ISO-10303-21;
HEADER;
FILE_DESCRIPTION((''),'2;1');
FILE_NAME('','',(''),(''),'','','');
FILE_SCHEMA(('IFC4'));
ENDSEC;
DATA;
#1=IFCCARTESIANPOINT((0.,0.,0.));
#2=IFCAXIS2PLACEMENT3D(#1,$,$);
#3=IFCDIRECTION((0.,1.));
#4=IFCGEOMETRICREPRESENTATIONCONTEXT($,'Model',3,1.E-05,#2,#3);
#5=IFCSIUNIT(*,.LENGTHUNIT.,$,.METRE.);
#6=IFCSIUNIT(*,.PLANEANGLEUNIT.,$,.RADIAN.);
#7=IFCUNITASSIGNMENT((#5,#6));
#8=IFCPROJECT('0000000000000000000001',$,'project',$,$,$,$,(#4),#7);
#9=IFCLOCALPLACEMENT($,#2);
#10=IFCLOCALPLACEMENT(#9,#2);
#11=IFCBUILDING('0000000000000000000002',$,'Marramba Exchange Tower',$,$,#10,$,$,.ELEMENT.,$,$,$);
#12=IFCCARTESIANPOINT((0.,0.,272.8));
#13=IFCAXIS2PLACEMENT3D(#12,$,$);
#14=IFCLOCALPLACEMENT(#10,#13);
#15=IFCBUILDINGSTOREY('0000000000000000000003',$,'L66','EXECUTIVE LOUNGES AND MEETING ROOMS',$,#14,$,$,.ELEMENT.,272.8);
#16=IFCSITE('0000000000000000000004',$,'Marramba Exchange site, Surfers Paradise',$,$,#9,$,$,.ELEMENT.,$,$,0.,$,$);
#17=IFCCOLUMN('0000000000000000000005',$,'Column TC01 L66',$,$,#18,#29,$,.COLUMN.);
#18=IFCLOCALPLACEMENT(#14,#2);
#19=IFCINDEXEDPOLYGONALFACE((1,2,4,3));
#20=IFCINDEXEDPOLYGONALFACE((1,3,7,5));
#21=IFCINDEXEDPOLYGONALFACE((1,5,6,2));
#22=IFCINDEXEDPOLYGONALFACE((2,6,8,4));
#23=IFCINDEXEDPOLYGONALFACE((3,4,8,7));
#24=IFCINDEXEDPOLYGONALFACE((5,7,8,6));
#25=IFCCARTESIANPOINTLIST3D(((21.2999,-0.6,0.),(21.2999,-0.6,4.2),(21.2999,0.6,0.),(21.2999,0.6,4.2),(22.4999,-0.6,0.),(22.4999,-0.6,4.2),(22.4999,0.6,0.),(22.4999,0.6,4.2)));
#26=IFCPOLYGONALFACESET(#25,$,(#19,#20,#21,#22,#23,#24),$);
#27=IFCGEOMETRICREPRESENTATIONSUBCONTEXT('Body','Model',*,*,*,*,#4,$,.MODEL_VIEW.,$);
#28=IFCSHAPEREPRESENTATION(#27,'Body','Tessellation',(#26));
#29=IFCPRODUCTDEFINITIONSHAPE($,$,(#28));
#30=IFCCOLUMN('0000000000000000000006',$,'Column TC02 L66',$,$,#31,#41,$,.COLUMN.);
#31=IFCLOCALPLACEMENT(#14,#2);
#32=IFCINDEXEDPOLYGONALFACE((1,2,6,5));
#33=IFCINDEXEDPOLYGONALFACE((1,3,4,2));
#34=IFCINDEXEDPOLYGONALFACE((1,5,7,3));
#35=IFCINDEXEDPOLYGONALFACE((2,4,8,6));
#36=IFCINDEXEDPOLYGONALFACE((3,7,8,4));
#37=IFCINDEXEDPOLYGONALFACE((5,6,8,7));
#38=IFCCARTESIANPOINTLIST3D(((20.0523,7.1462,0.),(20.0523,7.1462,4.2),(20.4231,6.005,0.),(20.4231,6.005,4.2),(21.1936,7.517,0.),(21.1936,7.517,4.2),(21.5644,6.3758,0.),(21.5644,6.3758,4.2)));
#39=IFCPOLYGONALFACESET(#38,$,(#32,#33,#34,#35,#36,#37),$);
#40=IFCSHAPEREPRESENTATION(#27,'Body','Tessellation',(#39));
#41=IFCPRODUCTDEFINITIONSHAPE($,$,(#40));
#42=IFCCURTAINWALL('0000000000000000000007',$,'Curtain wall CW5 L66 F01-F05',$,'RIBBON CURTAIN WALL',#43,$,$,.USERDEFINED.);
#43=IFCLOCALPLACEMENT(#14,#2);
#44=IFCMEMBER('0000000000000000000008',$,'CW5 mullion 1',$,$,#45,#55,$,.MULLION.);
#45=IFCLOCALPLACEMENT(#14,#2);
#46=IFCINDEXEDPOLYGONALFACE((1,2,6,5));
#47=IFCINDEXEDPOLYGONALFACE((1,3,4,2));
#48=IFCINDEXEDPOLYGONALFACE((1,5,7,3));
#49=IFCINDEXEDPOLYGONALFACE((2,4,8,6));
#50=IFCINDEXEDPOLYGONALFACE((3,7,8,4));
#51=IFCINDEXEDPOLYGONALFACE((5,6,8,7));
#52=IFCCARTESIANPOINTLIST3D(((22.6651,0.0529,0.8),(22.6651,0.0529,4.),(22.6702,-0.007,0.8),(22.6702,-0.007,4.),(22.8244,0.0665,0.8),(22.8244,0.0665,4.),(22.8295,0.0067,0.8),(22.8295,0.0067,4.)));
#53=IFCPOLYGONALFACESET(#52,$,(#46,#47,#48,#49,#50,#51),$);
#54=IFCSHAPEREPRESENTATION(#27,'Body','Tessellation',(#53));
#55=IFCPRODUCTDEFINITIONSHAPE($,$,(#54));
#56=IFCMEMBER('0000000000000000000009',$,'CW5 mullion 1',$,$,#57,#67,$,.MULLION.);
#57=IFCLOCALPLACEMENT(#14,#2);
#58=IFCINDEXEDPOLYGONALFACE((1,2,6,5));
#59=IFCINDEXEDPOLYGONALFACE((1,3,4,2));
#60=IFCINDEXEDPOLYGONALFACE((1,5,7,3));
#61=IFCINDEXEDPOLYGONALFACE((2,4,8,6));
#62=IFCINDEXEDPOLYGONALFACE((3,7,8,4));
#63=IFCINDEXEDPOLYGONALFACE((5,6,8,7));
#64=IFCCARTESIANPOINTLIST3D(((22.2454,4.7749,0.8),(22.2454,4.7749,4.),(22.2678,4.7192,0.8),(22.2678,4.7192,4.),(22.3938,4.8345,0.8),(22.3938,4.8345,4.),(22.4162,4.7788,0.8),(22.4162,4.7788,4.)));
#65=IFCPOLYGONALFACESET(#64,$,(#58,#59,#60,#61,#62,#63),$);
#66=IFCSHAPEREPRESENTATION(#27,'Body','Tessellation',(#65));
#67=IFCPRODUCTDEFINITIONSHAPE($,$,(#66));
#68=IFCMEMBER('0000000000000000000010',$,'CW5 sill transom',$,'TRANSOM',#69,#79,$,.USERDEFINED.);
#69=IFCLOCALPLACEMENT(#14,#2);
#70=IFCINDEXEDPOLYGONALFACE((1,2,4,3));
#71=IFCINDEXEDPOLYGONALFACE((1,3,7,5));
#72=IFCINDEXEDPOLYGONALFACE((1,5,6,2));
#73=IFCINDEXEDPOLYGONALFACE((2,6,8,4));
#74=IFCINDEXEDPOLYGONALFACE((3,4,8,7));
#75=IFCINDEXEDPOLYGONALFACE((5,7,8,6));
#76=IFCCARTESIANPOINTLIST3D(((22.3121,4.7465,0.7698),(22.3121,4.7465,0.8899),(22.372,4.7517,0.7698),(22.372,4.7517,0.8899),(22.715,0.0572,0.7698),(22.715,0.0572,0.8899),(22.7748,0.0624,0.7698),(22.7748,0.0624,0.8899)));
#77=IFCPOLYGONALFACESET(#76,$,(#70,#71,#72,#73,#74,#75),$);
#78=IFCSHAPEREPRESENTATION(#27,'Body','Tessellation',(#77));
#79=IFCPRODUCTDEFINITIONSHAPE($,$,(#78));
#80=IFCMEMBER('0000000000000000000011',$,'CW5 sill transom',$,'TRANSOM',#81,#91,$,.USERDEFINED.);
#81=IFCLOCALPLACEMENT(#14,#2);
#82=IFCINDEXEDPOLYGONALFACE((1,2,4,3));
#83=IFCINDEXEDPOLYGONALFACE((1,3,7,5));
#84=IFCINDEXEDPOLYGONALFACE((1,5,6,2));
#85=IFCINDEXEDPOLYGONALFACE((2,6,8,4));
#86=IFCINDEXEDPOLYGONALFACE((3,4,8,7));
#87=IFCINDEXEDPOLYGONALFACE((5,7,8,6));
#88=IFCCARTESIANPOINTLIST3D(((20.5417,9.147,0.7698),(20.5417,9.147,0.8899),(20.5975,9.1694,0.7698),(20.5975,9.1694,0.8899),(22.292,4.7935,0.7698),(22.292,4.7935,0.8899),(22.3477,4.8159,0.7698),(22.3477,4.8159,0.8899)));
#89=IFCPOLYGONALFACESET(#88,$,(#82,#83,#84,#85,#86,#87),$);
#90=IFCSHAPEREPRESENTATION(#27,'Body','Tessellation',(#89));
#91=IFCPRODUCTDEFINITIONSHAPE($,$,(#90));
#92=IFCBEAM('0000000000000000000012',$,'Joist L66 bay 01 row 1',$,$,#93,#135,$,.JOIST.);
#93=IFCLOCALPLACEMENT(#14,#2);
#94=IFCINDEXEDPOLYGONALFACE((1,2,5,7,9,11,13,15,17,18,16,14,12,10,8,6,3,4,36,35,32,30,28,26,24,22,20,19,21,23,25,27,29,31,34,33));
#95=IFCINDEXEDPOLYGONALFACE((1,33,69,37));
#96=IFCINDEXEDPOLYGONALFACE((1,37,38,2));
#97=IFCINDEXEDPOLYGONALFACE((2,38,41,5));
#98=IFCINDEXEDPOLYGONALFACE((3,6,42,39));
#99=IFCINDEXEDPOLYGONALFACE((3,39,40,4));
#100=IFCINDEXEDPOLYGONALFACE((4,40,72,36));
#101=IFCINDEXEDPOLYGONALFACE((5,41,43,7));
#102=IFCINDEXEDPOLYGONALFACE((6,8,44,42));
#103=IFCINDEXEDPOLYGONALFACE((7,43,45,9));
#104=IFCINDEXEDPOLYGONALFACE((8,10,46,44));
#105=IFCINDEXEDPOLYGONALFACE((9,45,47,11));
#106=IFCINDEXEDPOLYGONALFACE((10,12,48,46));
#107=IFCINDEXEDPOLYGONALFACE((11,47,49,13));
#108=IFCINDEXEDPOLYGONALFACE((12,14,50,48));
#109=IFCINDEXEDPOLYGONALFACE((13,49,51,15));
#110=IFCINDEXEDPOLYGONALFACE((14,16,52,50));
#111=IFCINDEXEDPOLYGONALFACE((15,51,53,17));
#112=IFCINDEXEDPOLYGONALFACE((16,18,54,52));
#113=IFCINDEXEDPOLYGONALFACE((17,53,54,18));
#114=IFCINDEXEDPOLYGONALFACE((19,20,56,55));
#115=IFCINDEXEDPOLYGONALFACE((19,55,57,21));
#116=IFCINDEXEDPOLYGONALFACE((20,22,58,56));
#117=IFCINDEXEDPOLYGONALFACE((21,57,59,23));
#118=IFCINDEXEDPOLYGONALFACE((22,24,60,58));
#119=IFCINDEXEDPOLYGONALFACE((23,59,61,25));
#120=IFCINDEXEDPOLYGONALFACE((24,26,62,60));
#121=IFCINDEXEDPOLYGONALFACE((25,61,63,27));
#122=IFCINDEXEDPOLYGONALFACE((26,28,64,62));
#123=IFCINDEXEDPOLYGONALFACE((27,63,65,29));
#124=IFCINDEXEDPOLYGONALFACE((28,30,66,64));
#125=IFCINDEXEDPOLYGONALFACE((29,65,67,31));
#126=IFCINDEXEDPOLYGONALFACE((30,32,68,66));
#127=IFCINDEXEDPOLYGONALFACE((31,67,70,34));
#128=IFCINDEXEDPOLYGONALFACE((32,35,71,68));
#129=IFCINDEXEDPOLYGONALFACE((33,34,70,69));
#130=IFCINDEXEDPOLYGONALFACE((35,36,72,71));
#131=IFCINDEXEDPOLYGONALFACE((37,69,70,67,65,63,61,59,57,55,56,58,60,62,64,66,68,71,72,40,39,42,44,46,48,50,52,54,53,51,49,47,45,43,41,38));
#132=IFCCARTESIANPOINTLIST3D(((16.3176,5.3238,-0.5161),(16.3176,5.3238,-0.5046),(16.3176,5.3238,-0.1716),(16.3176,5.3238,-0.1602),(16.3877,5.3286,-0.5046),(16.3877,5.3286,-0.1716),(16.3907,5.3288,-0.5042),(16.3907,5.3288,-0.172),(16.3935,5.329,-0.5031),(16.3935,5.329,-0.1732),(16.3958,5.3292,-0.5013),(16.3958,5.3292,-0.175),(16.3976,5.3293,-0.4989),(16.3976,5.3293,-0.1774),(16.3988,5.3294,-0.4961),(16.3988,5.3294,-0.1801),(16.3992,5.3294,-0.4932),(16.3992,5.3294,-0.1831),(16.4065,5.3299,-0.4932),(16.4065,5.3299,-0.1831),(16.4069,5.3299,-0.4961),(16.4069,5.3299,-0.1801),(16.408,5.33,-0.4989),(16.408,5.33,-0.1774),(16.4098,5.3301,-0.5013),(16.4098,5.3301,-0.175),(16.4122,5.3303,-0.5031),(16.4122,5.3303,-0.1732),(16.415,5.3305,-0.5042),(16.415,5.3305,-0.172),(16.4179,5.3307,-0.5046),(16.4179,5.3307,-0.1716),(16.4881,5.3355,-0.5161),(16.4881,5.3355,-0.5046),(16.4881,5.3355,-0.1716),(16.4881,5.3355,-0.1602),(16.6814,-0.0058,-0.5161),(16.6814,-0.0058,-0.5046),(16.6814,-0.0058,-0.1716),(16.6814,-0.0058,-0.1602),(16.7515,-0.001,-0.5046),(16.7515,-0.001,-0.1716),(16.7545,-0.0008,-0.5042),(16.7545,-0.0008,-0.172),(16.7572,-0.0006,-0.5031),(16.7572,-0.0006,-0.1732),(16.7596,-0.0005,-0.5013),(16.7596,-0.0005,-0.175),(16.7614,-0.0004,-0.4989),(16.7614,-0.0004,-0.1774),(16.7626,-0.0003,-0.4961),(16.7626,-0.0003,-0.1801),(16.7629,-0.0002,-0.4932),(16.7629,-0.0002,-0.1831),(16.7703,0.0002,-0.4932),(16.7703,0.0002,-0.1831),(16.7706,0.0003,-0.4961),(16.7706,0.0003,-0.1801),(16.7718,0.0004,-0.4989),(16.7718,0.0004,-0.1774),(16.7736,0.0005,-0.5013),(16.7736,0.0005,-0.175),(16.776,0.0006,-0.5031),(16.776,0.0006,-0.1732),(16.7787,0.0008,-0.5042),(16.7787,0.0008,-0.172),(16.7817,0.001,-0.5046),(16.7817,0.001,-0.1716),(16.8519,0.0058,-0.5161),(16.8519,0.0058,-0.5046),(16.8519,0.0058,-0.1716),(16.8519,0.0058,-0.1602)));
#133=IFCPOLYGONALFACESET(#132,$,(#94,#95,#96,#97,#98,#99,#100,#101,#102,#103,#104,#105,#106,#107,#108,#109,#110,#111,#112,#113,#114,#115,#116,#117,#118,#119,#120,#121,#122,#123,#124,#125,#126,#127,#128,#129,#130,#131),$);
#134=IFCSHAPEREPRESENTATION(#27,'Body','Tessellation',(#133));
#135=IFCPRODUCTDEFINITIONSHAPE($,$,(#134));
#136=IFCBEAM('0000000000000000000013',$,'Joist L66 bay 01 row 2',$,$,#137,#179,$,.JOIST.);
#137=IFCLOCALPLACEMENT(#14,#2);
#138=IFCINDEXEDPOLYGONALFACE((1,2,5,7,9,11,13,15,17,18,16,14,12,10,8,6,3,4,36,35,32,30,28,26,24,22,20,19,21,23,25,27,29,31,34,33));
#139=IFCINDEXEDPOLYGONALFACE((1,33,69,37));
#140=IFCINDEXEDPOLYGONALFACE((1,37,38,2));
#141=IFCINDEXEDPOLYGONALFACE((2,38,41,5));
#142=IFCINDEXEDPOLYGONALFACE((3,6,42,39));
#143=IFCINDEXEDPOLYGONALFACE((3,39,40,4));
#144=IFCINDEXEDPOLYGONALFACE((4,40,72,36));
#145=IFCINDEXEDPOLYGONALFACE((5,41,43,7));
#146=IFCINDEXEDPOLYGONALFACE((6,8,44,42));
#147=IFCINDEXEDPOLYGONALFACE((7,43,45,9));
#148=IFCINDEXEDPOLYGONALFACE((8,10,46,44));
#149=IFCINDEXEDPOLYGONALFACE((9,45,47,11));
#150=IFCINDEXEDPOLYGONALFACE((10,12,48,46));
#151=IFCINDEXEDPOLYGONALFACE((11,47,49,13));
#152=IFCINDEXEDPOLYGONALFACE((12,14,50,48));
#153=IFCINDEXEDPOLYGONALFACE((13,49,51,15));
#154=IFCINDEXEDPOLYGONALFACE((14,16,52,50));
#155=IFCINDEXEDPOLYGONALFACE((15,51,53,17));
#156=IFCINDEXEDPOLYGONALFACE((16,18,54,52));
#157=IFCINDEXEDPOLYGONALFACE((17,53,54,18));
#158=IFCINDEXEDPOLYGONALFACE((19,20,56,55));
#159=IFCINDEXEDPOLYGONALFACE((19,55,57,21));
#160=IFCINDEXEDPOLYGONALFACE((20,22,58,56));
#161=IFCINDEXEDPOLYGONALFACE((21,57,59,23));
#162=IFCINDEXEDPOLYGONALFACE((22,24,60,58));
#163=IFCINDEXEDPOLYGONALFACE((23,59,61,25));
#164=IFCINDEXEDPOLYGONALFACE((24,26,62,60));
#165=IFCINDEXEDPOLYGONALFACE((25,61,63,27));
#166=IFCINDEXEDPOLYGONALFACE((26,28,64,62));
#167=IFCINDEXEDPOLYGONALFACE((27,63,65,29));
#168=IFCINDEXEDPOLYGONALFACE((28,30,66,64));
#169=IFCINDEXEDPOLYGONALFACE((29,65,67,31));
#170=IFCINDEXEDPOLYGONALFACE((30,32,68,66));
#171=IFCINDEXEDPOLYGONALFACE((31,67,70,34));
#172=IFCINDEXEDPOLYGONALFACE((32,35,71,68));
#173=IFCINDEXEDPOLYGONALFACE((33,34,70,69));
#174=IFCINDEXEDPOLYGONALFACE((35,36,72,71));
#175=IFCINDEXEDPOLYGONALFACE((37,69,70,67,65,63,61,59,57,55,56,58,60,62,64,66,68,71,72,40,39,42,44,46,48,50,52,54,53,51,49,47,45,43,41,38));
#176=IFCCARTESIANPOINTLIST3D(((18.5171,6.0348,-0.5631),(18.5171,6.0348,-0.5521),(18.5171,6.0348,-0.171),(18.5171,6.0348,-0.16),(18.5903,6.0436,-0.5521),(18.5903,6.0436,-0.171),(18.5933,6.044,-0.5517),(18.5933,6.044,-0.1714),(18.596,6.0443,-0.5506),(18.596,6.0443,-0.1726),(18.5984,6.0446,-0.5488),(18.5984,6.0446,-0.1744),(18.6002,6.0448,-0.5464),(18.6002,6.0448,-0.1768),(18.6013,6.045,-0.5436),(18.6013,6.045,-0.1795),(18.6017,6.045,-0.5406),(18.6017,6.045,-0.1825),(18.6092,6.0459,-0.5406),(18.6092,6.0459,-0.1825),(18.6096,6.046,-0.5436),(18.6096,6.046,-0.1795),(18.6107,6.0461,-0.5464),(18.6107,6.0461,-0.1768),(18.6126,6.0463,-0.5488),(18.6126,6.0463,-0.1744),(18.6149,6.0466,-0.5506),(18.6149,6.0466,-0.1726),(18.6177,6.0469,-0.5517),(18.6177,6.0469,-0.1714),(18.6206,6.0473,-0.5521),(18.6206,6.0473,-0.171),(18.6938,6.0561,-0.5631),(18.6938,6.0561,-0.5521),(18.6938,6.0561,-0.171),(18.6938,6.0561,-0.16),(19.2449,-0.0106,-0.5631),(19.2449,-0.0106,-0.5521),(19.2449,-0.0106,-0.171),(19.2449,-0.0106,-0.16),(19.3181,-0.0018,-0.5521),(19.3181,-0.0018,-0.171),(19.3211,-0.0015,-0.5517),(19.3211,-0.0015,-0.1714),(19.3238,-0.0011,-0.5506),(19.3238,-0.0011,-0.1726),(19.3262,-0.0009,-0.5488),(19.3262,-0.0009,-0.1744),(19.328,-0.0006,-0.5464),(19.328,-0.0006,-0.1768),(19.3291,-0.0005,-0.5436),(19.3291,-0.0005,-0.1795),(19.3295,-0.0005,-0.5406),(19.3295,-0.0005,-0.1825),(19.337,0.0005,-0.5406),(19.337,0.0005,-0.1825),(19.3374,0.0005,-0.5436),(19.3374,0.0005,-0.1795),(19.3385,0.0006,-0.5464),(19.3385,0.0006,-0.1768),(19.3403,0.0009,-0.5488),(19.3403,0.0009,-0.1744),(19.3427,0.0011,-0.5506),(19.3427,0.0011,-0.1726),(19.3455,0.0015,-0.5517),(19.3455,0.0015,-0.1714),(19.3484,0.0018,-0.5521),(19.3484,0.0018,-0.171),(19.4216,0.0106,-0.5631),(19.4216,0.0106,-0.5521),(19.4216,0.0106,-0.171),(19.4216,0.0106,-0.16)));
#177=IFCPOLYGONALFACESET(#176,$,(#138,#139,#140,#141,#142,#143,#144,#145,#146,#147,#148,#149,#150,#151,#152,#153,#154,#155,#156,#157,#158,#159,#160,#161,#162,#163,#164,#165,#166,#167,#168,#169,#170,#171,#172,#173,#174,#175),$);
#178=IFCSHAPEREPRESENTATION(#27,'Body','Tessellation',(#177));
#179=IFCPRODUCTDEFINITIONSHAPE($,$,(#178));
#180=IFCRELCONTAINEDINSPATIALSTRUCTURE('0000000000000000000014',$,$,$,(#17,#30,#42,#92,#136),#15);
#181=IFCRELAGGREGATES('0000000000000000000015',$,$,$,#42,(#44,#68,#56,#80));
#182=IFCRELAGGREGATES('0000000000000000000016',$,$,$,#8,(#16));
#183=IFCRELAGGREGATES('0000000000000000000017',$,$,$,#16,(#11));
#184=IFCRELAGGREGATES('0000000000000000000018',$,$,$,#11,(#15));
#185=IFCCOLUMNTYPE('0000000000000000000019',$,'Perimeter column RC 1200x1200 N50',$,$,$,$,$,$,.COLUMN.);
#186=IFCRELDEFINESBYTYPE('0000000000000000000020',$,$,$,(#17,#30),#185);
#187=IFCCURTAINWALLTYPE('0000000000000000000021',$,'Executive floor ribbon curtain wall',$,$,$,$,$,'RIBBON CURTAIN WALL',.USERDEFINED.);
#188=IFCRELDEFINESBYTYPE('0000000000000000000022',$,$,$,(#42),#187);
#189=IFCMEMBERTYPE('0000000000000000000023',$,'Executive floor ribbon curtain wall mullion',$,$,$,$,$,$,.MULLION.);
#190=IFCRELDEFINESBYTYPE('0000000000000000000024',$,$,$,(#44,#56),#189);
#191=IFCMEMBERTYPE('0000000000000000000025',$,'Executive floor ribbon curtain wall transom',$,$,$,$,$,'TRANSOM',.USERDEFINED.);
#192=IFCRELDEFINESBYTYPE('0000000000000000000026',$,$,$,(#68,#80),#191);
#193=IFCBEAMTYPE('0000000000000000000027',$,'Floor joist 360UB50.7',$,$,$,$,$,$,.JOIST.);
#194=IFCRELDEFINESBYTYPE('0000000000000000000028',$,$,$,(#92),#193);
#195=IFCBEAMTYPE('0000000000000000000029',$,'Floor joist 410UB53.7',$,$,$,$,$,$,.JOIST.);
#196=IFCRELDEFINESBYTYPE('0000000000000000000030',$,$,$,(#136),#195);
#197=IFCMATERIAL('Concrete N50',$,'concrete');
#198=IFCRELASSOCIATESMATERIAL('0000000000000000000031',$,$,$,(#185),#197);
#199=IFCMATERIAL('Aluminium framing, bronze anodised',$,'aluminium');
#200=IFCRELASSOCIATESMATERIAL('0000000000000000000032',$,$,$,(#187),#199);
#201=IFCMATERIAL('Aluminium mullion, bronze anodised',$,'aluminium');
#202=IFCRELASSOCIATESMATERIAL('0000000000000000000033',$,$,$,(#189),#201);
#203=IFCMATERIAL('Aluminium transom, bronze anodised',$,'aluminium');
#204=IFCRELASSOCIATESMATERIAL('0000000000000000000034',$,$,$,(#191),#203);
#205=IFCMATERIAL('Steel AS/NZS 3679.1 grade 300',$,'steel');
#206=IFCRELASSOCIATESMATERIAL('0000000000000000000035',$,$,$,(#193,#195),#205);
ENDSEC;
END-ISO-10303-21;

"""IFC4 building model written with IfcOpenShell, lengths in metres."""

from ifc_helpers import new_model, si_unit, direction, frame, origin, origin_2d, place, context, subcontext, project, spatial, rectangle, i_section, extrude, material, material_profile, profile_set, type_object, element, aggregate, save


model = new_model("IFC4")

# Units and contexts
model_context = context("Model", 3, precision=1e-05, world=origin(), true_north=direction((0.0, 1.0)))
body_context = subcontext(model_context, "Body", "Model", "MODEL_VIEW")
ifc_project = project(units=[si_unit("LENGTHUNIT", "METRE"), si_unit("PLANEANGLEUNIT", "RADIAN")], contexts=[model_context])

# Site, building, storey
site_placement = place(None, origin())
site = spatial("IfcSite", under=ifc_project, at=site_placement, Name="Marramba Exchange site, Surfers Paradise", CompositionType="ELEMENT", RefElevation=0.0)
building_placement = place(site_placement, origin())
building = spatial("IfcBuilding", under=site, at=building_placement, Name="Marramba Exchange Tower", CompositionType="ELEMENT")
storey_placement = place(building_placement, frame((0.0, 0.0, 272.8)))
storey = spatial("IfcBuildingStorey", under=building, at=storey_placement, Name="L66", Description="EXECUTIVE LOUNGES AND MEETING ROOMS", CompositionType="ELEMENT", Elevation=272.8)

# Columns
ifc_material_1 = material(Name="Concrete N50", Category="concrete")
ifc_material_profile_1 = material_profile(ifc_material_1, rectangle(XDim=1.2, YDim=1.2, at=origin_2d()), Name="RC 1200x1200")
ifc_profile_set_1 = profile_set([ifc_material_profile_1], Name="Concrete N50")
column_type = type_object("IfcColumnType", Name="Perimeter column RC 1200x1200 N50", PredefinedType="COLUMN", material=ifc_profile_set_1)
for number, where, z_axis, x_axis, name in (
    (1, (21.8999, 0.0, 0.0), (0.0, 0.0, 1.0), (1.0, 0.0, 0.0), "Column TC01 L66"),
    (2, (20.8083, 6.761, 0.0), (0.0, 0.0, 1.0), (0.951057, 0.309017, 0.0), "Column TC02 L66"),
):
    element("IfcColumn", number, at=place(storey_placement, frame(where, z_axis=z_axis, x_axis=x_axis)), inside=storey, type_object=column_type, Name=name, PredefinedType="COLUMN", context=body_context, shape_type="SweptSolid", body=[
        extrude(rectangle(XDim=1.2, YDim=1.2, at=origin_2d()), origin(), (0.0, 0.0, 1.0), 4.2),
    ])

# Curtain wall, members
ifc_material_2 = material(Name="Aluminium framing, bronze anodised", Category="aluminium")
curtain_wall_type = type_object("IfcCurtainWallType", Name="Executive floor ribbon curtain wall", ElementType="RIBBON CURTAIN WALL", PredefinedType="USERDEFINED", material=ifc_material_2)
curtain_wall_placement = place(storey_placement, origin())
curtain_wall = element("IfcCurtainWall", 3, at=curtain_wall_placement, inside=storey, type_object=curtain_wall_type, Name="Curtain wall CW5 L66 F01-F05", ObjectType="RIBBON CURTAIN WALL", PredefinedType="USERDEFINED")
ifc_material_3 = material(Name="Aluminium mullion, bronze anodised", Category="aluminium")
ifc_material_profile_2 = material_profile(ifc_material_3, rectangle(XDim=0.1599, YDim=0.0601, at=origin_2d()), Name="CW5 mullion 60x160")
ifc_profile_set_2 = profile_set([ifc_material_profile_2], Name="Aluminium mullion, bronze anodised")
member_type_1 = type_object("IfcMemberType", Name="Executive floor ribbon curtain wall mullion", PredefinedType="MULLION", material=ifc_profile_set_2)
member_1_placement = place(storey_placement, frame((22.7473, 0.0298, 0.8), z_axis=(0.0, 0.0, 1.0), x_axis=(-0.996332, -0.085574, 0.0)))
member_1 = element("IfcMember", 4, at=member_1_placement, type_object=member_type_1, Name="CW5 mullion 1", PredefinedType="MULLION", context=body_context, shape_type="SweptSolid", body=[
    extrude(rectangle(XDim=0.1599, YDim=0.0601, at=origin_2d()), origin(), (0.0, 0.0, 1.0), 3.2),
])
member_2_placement = place(storey_placement, frame((22.3308, 4.7769, 0.8), z_axis=(0.0, 0.0, 1.0), x_axis=(-0.927838, -0.372983, 0.0)))
member_2 = element("IfcMember", 5, at=member_2_placement, type_object=member_type_1, Name="CW5 mullion 1", PredefinedType="MULLION", context=body_context, shape_type="SweptSolid", body=[
    extrude(rectangle(XDim=0.1599, YDim=0.0601, at=origin_2d()), origin(), (0.0, 0.0, 1.0), 3.2),
])
ifc_material_4 = material(Name="Aluminium transom, bronze anodised", Category="aluminium")
ifc_material_profile_3 = material_profile(ifc_material_4, rectangle(XDim=0.0601, YDim=0.1201, at=origin_2d()), Name="CW5 transom 60x120")
ifc_profile_set_3 = profile_set([ifc_material_profile_3], Name="Aluminium transom, bronze anodised")
member_type_2 = type_object("IfcMemberType", Name="Executive floor ribbon curtain wall transom", ElementType="TRANSOM", PredefinedType="USERDEFINED", material=ifc_profile_set_3)
member_3_placement = place(storey_placement, frame((22.7449, 0.0598, 0.8298), z_axis=(-0.085591, 0.99633, 0.0), x_axis=(-0.99633, -0.085591, 0.0)))
member_3 = element("IfcMember", 6, at=member_3_placement, type_object=member_type_2, Name="CW5 sill transom", ObjectType="TRANSOM", PredefinedType="USERDEFINED", context=body_context, shape_type="SweptSolid", body=[
    extrude(rectangle(XDim=0.0601, YDim=0.1201, at=origin_2d()), origin(), (0.0, 0.0, 1.0), 4.7065),
])
member_4_placement = place(storey_placement, frame((22.3198, 4.8047, 0.8298), z_axis=(-0.373014, 0.927826, 0.0), x_axis=(-0.927826, -0.373014, 0.0)))
member_4 = element("IfcMember", 7, at=member_4_placement, type_object=member_type_2, Name="CW5 sill transom", ObjectType="TRANSOM", PredefinedType="USERDEFINED", context=body_context, shape_type="SweptSolid", body=[
    extrude(rectangle(XDim=0.0601, YDim=0.1201, at=origin_2d()), origin(), (0.0, 0.0, 1.0), 4.6921),
])

# Beams
ifc_material_5 = material(Name="Steel AS/NZS 3679.1 grade 300", Category="steel")
ifc_material_profile_4 = material_profile(ifc_material_5, i_section(OverallWidth=0.1709, OverallDepth=0.356, WebThickness=0.0073, FlangeThickness=0.0115, FilletRadius=0.0115, at=origin_2d()), Name="360UB50.7")
ifc_profile_set_4 = profile_set([ifc_material_profile_4], Name="Steel AS/NZS 3679.1 grade 300")
beam_type_1 = type_object("IfcBeamType", Name="Floor joist 360UB50.7", PredefinedType="JOIST", material=ifc_profile_set_4)
beam_1_placement = place(storey_placement, frame((16.7666, 0.0, -0.3381), z_axis=(-0.068096, 0.997679, 0.0), x_axis=(-0.997679, -0.068096, 0.0)))
element("IfcBeam", 8, at=beam_1_placement, inside=storey, type_object=beam_type_1, Name="Joist L66 bay 01 row 1", PredefinedType="JOIST", context=body_context, shape_type="SweptSolid", body=[
    extrude(i_section(OverallWidth=0.1709, OverallDepth=0.356, WebThickness=0.0073, FlangeThickness=0.0115, FilletRadius=0.0115, at=origin_2d()), origin(), (0.0, 0.0, 1.0), 5.342),
])
ifc_material_profile_5 = material_profile(ifc_material_5, i_section(OverallWidth=0.178, OverallDepth=0.4031, WebThickness=0.0076, FlangeThickness=0.011, FilletRadius=0.0115, at=origin_2d()), Name="410UB53.7")
ifc_profile_set_5 = profile_set([ifc_material_profile_5], Name="Steel AS/NZS 3679.1 grade 300")
beam_type_2 = type_object("IfcBeamType", Name="Floor joist 410UB53.7", PredefinedType="JOIST", material=ifc_profile_set_5)
beam_2_placement = place(storey_placement, frame((19.3333, 0.0, -0.3616), z_axis=(-0.119523, 0.992831, 0.0), x_axis=(-0.992831, -0.119523, 0.0)))
element("IfcBeam", 9, at=beam_2_placement, inside=storey, type_object=beam_type_2, Name="Joist L66 bay 01 row 2", PredefinedType="JOIST", context=body_context, shape_type="SweptSolid", body=[
    extrude(i_section(OverallWidth=0.178, OverallDepth=0.4031, WebThickness=0.0076, FlangeThickness=0.011, FilletRadius=0.0115, at=origin_2d()), origin(), (0.0, 0.0, 1.0), 6.0891),
])

aggregate(curtain_wall, [member_1, member_3, member_2, member_4])

save(model, "model.ifc")
